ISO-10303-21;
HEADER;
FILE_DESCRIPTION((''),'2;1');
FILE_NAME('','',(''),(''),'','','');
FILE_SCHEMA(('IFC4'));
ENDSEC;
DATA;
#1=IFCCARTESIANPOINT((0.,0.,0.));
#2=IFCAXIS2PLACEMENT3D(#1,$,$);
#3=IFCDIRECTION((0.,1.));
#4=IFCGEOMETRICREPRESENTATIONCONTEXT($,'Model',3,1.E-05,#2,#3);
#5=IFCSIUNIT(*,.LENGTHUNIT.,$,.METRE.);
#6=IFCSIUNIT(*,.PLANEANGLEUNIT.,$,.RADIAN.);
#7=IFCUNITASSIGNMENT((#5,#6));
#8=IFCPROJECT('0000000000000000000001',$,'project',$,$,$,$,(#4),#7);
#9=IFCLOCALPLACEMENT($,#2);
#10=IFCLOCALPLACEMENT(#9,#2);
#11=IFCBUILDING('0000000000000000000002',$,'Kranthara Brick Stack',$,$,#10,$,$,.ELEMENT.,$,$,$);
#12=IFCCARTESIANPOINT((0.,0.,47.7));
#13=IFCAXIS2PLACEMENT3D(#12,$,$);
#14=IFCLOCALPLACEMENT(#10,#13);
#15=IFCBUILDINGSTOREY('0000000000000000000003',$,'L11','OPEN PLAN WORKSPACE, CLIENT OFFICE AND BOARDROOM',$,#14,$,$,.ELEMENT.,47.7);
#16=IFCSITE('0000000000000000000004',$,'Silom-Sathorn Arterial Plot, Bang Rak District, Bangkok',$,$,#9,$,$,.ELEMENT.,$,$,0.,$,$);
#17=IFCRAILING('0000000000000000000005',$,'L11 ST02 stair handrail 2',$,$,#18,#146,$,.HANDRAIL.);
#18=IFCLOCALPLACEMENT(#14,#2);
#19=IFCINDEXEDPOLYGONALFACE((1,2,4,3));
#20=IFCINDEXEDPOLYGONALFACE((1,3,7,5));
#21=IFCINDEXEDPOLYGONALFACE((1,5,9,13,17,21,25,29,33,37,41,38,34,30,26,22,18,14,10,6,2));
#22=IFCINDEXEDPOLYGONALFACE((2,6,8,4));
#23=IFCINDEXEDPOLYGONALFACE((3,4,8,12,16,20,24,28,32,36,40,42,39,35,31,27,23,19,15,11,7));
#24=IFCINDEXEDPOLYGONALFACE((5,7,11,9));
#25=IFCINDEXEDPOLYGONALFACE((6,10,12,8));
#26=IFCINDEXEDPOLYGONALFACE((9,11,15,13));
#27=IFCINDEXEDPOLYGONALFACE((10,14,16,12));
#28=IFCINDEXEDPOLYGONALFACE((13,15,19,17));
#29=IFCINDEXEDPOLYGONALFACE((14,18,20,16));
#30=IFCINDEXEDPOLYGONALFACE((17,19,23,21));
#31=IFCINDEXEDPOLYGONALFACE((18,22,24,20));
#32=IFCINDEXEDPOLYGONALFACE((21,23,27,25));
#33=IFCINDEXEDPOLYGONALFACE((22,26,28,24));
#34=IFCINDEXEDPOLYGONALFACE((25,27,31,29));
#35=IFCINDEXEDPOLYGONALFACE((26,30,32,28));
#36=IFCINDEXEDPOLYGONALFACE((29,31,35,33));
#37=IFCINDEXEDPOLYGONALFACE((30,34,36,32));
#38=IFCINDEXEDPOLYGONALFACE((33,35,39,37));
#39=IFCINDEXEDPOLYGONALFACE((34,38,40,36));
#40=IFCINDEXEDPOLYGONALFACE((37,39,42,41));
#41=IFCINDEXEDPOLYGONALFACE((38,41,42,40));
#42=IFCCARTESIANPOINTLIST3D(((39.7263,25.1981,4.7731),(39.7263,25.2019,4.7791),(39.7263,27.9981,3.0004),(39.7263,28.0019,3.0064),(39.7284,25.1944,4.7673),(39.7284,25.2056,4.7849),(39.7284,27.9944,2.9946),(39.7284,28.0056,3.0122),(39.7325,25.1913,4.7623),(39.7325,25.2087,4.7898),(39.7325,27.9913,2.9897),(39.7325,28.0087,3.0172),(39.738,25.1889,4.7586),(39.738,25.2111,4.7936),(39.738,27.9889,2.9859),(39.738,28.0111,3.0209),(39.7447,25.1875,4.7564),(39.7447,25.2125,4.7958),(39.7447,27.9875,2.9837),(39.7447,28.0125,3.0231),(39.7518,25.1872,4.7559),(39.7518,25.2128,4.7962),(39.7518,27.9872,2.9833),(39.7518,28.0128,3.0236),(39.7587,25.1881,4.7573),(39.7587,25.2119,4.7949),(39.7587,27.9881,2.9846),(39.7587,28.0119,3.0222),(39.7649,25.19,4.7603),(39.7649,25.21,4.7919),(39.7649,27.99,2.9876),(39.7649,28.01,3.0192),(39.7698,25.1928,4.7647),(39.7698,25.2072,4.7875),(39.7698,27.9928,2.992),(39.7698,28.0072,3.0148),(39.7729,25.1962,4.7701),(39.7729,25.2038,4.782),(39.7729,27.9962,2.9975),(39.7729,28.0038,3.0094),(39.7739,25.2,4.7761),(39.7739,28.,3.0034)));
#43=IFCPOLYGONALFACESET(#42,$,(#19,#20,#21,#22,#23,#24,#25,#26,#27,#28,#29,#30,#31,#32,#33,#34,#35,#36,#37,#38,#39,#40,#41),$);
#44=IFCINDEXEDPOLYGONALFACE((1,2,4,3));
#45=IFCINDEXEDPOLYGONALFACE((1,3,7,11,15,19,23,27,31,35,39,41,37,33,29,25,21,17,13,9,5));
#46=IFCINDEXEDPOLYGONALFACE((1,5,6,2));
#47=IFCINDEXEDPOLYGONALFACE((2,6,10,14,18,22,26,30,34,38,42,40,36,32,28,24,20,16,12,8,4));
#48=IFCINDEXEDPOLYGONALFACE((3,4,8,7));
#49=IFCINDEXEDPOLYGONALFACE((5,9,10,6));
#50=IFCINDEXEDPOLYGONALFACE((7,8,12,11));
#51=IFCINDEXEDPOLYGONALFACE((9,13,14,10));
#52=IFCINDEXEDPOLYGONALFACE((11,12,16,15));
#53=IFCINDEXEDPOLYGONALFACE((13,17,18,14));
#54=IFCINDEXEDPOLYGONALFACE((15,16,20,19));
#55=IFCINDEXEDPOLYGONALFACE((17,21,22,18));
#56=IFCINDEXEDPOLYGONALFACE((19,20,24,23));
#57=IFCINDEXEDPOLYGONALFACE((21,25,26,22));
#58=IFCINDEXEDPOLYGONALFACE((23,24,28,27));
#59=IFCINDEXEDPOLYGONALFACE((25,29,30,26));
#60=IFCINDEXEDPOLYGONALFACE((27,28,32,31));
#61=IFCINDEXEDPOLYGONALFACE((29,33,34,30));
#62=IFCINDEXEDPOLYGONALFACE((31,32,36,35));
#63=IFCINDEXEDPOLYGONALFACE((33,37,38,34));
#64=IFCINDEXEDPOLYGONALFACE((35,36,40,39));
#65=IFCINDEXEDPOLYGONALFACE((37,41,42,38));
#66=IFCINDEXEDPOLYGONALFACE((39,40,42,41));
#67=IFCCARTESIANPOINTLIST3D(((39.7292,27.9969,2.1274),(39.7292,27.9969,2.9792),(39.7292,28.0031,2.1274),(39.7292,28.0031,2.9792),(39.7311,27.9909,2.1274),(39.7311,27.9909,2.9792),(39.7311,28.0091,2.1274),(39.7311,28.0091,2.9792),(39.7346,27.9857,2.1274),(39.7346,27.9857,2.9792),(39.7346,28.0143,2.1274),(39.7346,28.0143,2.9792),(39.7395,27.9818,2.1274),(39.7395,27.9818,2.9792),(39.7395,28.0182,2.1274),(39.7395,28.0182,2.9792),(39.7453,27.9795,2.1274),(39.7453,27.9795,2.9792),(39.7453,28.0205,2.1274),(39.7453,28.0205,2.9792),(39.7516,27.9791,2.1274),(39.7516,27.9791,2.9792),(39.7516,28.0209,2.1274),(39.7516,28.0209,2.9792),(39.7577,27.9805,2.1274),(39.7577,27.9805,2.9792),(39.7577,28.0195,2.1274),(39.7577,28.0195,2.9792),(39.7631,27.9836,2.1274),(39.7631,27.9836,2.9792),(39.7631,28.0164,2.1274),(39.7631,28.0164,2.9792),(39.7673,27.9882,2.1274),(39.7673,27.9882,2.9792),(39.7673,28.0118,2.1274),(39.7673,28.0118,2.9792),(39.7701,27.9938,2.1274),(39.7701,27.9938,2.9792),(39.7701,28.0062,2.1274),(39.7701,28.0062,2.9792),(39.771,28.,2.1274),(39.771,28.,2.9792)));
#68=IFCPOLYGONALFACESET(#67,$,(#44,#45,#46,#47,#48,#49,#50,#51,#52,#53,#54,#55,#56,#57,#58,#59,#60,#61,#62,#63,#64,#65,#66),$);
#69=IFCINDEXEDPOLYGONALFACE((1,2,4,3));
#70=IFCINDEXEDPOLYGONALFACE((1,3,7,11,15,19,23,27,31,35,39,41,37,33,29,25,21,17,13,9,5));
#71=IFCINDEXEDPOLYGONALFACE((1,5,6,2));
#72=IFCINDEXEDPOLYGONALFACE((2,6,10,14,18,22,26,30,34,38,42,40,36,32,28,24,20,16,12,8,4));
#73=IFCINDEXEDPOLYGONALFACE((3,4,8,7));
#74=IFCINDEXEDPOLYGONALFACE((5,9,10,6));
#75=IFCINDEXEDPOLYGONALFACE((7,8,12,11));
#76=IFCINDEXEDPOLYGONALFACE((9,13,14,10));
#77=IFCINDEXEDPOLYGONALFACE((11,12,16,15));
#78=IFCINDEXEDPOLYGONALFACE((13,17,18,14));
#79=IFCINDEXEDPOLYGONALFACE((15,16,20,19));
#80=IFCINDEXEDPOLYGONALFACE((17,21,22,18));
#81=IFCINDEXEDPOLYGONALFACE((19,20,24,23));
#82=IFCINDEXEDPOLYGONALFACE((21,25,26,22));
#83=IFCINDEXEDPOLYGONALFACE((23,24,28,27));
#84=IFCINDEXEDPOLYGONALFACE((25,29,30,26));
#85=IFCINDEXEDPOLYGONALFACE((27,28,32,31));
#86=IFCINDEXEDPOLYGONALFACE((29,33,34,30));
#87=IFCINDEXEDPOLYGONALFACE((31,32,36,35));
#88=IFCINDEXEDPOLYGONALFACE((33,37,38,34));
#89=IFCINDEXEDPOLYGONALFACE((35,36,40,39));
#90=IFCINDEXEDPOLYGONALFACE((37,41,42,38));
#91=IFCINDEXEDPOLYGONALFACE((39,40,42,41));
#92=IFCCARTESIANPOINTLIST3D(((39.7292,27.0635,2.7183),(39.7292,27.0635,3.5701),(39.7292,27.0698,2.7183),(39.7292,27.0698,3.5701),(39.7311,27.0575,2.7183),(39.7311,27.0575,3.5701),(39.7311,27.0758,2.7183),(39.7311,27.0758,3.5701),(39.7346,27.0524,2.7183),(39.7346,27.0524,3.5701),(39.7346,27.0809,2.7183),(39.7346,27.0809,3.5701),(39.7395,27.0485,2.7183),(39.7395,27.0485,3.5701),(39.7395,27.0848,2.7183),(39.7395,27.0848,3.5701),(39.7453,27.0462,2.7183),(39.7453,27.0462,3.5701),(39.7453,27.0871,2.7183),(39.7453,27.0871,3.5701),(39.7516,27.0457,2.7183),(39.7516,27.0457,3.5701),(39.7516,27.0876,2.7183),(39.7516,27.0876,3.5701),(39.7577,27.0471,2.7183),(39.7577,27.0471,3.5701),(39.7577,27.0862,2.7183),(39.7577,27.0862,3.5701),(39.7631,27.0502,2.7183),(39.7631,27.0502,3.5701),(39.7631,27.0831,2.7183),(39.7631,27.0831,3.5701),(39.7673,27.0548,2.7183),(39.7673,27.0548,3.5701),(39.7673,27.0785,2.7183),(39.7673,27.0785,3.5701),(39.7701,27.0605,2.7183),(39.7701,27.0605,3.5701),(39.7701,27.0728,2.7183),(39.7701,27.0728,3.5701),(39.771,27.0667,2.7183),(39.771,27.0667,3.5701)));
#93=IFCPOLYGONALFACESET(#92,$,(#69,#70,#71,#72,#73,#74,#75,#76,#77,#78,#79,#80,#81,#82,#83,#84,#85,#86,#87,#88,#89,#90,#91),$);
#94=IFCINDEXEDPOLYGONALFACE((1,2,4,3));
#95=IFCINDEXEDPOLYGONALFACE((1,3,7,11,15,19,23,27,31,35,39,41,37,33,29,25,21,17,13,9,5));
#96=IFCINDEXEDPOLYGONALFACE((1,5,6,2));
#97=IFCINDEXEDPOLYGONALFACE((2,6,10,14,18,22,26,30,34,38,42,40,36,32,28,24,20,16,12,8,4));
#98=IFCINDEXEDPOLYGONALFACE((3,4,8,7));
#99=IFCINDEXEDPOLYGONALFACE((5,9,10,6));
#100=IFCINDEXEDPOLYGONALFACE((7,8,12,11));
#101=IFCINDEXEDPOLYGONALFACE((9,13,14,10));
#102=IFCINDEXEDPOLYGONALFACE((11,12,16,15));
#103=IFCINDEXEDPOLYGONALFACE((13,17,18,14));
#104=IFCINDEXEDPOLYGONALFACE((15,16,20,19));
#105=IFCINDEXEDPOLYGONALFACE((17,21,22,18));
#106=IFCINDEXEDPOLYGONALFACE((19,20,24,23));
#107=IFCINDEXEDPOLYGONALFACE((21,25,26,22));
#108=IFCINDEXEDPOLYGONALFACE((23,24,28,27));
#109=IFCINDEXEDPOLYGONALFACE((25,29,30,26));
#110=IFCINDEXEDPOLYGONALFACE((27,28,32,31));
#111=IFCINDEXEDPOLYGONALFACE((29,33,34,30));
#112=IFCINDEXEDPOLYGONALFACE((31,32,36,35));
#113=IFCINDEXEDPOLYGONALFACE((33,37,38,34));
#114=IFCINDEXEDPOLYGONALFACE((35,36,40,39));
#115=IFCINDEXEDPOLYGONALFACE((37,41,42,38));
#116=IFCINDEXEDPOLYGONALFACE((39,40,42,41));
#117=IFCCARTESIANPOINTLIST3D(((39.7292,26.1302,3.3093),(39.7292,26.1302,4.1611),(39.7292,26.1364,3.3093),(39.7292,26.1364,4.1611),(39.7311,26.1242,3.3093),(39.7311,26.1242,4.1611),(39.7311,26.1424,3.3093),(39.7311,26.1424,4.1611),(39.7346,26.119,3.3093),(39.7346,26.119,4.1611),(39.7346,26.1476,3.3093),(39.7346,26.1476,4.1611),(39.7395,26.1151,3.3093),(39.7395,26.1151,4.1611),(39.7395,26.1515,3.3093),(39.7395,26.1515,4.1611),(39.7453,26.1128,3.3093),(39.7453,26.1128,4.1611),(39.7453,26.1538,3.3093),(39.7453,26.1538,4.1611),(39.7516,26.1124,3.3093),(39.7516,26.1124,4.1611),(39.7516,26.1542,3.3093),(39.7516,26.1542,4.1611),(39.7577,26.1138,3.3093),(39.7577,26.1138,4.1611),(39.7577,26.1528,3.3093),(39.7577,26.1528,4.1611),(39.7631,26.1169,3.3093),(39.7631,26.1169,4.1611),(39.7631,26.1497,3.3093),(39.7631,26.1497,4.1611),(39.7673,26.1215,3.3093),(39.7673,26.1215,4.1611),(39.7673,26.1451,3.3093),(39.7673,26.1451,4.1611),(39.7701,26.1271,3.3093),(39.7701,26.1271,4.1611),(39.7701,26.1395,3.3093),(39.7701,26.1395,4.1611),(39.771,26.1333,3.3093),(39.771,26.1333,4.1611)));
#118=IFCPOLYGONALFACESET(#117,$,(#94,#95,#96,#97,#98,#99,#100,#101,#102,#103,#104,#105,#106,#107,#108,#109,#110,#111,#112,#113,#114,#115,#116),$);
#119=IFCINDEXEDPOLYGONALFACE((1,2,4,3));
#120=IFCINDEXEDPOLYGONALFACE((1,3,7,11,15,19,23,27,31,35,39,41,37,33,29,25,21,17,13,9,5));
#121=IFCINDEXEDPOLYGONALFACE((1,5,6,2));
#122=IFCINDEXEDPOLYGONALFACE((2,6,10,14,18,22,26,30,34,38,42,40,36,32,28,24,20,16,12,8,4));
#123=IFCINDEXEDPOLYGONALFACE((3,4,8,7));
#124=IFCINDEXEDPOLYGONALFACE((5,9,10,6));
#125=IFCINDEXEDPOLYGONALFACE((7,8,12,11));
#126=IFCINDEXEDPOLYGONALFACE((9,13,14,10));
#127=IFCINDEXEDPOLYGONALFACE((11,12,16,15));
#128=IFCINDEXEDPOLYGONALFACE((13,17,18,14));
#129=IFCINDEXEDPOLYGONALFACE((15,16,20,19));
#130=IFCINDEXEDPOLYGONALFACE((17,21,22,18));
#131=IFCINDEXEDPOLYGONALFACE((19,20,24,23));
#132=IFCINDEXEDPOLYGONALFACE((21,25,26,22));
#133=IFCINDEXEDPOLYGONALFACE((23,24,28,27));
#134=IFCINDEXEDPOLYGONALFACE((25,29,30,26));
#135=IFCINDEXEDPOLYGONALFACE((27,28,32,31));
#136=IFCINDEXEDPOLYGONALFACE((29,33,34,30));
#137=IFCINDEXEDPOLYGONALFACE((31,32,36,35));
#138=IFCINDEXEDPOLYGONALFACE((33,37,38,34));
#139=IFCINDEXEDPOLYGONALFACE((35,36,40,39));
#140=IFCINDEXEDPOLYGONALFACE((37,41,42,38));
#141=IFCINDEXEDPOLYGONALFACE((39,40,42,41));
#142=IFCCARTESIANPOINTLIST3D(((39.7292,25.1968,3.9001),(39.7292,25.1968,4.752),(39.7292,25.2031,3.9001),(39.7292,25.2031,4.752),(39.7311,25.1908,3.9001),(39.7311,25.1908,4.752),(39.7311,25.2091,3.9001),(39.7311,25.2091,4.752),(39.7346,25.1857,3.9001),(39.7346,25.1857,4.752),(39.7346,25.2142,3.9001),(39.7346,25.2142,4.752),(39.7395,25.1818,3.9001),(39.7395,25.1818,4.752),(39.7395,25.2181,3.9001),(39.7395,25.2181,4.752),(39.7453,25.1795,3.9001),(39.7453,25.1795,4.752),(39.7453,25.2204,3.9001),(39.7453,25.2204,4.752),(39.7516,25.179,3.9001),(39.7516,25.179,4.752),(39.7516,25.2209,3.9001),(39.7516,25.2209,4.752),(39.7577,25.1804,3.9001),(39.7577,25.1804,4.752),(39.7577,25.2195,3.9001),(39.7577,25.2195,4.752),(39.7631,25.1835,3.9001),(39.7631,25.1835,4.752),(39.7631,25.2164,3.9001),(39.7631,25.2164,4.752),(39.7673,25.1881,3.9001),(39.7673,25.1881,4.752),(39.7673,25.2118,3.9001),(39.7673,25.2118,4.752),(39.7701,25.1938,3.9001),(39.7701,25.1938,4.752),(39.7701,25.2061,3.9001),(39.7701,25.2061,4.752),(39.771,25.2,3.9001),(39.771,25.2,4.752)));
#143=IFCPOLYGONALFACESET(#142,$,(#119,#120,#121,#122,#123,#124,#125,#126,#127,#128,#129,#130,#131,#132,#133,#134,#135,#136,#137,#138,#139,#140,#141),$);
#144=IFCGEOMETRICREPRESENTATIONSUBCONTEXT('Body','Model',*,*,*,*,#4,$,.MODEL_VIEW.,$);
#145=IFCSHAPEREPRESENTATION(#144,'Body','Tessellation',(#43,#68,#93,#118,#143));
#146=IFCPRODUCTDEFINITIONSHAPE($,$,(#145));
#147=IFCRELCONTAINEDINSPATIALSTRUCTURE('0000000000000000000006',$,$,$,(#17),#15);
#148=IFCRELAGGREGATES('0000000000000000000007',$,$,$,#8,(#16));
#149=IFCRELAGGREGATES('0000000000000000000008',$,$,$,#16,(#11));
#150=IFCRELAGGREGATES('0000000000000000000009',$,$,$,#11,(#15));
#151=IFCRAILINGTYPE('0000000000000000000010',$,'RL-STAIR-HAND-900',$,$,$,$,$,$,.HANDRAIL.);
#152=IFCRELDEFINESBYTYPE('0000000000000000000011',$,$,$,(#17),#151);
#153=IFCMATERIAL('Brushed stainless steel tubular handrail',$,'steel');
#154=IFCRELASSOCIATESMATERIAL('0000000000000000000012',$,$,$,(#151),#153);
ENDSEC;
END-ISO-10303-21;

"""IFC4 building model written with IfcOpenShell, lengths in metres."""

from ifc_helpers import new_model, si_unit, direction, frame, origin, origin_2d, place, context, subcontext, project, spatial, circle, extrude, material, type_object, element, save


model = new_model("IFC4")

# Units and contexts
model_context = context("Model", 3, precision=1e-05, world=origin(), true_north=direction((0.0, 1.0)))
body_context = subcontext(model_context, "Body", "Model", "MODEL_VIEW")
ifc_project = project(units=[si_unit("LENGTHUNIT", "METRE"), si_unit("PLANEANGLEUNIT", "RADIAN")], contexts=[model_context])

# Site, building, storey
site_placement = place(None, origin())
site = spatial("IfcSite", under=ifc_project, at=site_placement, Name="Silom-Sathorn Arterial Plot, Bang Rak District, Bangkok", CompositionType="ELEMENT", RefElevation=0.0)
building_placement = place(site_placement, origin())
building = spatial("IfcBuilding", under=site, at=building_placement, Name="Kranthara Brick Stack", CompositionType="ELEMENT")
storey_placement = place(building_placement, frame((0.0, 0.0, 47.7)))
storey = spatial("IfcBuildingStorey", under=building, at=storey_placement, Name="L11", Description="OPEN PLAN WORKSPACE, CLIENT OFFICE AND BOARDROOM", CompositionType="ELEMENT", Elevation=47.7)

# Railing
ifc_material_1 = material(Name="Brushed stainless steel tubular handrail", Category="steel")
railing_type_1 = type_object("IfcRailingType", Name="RL-STAIR-HAND-900", PredefinedType="HANDRAIL", material=ifc_material_1)
railing_1_placement = place(storey_placement, frame((39.75, 28.0, 2.1274)))
element("IfcRailing", 1, at=railing_1_placement, inside=storey, type_object=railing_type_1, Name="L11 ST02 stair handrail 2", PredefinedType="HANDRAIL", context=body_context, shape_type="SweptSolid", body=[
    extrude(circle(Radius=0.0239, at=origin_2d()), frame((0.0, 0.0, 0.876), z_axis=(0.0, -0.844909, 0.53491), x_axis=(1.0, 0.0, 0.0)), (0.0, 0.0, 1.0), 3.314),
    extrude(circle(Radius=0.021, at=origin_2d()), origin(), (0.0, 0.0, 1.0), 0.8518),
    extrude(circle(Radius=0.021, at=origin_2d()), frame((0.0, -0.9333, 0.5908)), (0.0, 0.0, 1.0), 0.8518),
    extrude(circle(Radius=0.021, at=origin_2d()), frame((0.0, -1.8667, 1.1819)), (0.0, 0.0, 1.0), 0.8518),
    extrude(circle(Radius=0.021, at=origin_2d()), frame((0.0, -2.8, 1.7727)), (0.0, 0.0, 1.0), 0.8518),
])

save(model, "model.ifc")
